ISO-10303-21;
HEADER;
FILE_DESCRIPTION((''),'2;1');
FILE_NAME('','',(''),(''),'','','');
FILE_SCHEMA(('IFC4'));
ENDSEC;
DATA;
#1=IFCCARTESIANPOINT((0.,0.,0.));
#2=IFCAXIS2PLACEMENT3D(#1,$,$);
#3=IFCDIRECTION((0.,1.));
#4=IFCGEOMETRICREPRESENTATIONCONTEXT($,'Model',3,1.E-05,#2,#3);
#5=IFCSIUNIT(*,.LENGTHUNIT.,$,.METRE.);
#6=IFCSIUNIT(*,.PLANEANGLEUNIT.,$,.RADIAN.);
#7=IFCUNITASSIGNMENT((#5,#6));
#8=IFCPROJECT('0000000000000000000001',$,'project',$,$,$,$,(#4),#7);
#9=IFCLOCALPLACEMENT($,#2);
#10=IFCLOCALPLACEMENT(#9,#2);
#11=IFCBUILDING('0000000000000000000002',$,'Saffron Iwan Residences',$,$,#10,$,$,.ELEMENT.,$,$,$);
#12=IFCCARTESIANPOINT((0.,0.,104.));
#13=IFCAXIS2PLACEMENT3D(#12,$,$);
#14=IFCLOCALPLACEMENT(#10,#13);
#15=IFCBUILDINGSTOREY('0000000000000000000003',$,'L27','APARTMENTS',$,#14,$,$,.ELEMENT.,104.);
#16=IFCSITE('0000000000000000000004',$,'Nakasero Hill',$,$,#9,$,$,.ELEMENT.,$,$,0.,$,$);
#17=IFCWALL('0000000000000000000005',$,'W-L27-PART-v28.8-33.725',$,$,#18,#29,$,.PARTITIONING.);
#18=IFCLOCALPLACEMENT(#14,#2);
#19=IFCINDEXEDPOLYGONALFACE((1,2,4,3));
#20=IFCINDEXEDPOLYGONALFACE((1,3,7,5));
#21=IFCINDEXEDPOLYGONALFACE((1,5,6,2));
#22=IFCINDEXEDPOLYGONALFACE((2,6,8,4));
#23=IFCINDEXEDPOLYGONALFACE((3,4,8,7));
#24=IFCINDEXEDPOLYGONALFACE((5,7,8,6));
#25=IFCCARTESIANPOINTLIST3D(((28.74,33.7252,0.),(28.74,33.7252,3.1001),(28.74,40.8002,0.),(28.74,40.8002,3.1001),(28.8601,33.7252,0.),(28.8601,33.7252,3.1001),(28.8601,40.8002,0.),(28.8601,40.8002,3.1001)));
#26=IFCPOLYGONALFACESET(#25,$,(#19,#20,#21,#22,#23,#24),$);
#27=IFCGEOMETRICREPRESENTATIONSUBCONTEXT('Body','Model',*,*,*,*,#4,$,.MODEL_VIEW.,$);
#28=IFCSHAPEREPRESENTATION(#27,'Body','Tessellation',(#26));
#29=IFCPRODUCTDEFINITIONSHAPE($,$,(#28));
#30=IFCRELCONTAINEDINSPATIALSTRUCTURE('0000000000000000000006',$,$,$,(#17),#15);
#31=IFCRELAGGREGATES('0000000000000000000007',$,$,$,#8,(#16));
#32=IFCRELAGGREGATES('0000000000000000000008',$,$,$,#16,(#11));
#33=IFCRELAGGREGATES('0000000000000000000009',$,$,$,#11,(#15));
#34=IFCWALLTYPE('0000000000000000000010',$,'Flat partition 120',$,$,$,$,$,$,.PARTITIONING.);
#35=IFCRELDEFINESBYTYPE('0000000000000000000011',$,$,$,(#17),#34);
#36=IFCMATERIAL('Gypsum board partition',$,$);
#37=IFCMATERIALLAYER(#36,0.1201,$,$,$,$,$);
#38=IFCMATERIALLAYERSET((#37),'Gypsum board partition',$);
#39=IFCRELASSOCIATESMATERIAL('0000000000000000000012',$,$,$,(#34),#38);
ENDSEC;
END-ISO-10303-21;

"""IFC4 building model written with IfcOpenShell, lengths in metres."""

from ifc_helpers import new_model, si_unit, direction, frame, frame_2d, origin, place, context, subcontext, project, spatial, rectangle, extrude, material, layer, layer_set, type_object, element, save


model = new_model("IFC4")

# Units and contexts
model_context = context("Model", 3, precision=1e-05, world=origin(), true_north=direction((0.0, 1.0)))
body_context = subcontext(model_context, "Body", "Model", "MODEL_VIEW")
ifc_project = project(units=[si_unit("LENGTHUNIT", "METRE"), si_unit("PLANEANGLEUNIT", "RADIAN")], contexts=[model_context])

# Site, building, storey
site_placement = place(None, origin())
site = spatial("IfcSite", under=ifc_project, at=site_placement, Name="Nakasero Hill", CompositionType="ELEMENT", RefElevation=0.0)
building_placement = place(site_placement, origin())
building = spatial("IfcBuilding", under=site, at=building_placement, Name="Saffron Iwan Residences", CompositionType="ELEMENT")
storey_placement = place(building_placement, frame((0.0, 0.0, 104.0)))
storey = spatial("IfcBuildingStorey", under=building, at=storey_placement, Name="L27", Description="APARTMENTS", CompositionType="ELEMENT", Elevation=104.0)

# Shared definitions
ifc_material_1 = material(Name="Gypsum board partition")
ifc_layer = layer(ifc_material_1, 0.1201)
ifc_layer_set = layer_set([ifc_layer], Name="Gypsum board partition")
wall_type = type_object("IfcWallType", Name="Flat partition 120", PredefinedType="PARTITIONING", material=ifc_layer_set)

# Wall
wall_1_placement = place(storey_placement, frame((28.8, 33.7251, 0.0), z_axis=(0.0, 0.0, 1.0), x_axis=(0.0, 1.0, 0.0)))
element("IfcWall", 1, at=wall_1_placement, inside=storey, type_object=wall_type, Name="W-L27-PART-v28.8-33.725", PredefinedType="PARTITIONING", context=body_context, shape_type="SweptSolid", body=[
    extrude(rectangle(XDim=7.075, YDim=0.1201, at=frame_2d((3.5376, 0.0))), origin(), (0.0, 0.0, 1.0), 3.1001),
])

save(model, "model.ifc")
